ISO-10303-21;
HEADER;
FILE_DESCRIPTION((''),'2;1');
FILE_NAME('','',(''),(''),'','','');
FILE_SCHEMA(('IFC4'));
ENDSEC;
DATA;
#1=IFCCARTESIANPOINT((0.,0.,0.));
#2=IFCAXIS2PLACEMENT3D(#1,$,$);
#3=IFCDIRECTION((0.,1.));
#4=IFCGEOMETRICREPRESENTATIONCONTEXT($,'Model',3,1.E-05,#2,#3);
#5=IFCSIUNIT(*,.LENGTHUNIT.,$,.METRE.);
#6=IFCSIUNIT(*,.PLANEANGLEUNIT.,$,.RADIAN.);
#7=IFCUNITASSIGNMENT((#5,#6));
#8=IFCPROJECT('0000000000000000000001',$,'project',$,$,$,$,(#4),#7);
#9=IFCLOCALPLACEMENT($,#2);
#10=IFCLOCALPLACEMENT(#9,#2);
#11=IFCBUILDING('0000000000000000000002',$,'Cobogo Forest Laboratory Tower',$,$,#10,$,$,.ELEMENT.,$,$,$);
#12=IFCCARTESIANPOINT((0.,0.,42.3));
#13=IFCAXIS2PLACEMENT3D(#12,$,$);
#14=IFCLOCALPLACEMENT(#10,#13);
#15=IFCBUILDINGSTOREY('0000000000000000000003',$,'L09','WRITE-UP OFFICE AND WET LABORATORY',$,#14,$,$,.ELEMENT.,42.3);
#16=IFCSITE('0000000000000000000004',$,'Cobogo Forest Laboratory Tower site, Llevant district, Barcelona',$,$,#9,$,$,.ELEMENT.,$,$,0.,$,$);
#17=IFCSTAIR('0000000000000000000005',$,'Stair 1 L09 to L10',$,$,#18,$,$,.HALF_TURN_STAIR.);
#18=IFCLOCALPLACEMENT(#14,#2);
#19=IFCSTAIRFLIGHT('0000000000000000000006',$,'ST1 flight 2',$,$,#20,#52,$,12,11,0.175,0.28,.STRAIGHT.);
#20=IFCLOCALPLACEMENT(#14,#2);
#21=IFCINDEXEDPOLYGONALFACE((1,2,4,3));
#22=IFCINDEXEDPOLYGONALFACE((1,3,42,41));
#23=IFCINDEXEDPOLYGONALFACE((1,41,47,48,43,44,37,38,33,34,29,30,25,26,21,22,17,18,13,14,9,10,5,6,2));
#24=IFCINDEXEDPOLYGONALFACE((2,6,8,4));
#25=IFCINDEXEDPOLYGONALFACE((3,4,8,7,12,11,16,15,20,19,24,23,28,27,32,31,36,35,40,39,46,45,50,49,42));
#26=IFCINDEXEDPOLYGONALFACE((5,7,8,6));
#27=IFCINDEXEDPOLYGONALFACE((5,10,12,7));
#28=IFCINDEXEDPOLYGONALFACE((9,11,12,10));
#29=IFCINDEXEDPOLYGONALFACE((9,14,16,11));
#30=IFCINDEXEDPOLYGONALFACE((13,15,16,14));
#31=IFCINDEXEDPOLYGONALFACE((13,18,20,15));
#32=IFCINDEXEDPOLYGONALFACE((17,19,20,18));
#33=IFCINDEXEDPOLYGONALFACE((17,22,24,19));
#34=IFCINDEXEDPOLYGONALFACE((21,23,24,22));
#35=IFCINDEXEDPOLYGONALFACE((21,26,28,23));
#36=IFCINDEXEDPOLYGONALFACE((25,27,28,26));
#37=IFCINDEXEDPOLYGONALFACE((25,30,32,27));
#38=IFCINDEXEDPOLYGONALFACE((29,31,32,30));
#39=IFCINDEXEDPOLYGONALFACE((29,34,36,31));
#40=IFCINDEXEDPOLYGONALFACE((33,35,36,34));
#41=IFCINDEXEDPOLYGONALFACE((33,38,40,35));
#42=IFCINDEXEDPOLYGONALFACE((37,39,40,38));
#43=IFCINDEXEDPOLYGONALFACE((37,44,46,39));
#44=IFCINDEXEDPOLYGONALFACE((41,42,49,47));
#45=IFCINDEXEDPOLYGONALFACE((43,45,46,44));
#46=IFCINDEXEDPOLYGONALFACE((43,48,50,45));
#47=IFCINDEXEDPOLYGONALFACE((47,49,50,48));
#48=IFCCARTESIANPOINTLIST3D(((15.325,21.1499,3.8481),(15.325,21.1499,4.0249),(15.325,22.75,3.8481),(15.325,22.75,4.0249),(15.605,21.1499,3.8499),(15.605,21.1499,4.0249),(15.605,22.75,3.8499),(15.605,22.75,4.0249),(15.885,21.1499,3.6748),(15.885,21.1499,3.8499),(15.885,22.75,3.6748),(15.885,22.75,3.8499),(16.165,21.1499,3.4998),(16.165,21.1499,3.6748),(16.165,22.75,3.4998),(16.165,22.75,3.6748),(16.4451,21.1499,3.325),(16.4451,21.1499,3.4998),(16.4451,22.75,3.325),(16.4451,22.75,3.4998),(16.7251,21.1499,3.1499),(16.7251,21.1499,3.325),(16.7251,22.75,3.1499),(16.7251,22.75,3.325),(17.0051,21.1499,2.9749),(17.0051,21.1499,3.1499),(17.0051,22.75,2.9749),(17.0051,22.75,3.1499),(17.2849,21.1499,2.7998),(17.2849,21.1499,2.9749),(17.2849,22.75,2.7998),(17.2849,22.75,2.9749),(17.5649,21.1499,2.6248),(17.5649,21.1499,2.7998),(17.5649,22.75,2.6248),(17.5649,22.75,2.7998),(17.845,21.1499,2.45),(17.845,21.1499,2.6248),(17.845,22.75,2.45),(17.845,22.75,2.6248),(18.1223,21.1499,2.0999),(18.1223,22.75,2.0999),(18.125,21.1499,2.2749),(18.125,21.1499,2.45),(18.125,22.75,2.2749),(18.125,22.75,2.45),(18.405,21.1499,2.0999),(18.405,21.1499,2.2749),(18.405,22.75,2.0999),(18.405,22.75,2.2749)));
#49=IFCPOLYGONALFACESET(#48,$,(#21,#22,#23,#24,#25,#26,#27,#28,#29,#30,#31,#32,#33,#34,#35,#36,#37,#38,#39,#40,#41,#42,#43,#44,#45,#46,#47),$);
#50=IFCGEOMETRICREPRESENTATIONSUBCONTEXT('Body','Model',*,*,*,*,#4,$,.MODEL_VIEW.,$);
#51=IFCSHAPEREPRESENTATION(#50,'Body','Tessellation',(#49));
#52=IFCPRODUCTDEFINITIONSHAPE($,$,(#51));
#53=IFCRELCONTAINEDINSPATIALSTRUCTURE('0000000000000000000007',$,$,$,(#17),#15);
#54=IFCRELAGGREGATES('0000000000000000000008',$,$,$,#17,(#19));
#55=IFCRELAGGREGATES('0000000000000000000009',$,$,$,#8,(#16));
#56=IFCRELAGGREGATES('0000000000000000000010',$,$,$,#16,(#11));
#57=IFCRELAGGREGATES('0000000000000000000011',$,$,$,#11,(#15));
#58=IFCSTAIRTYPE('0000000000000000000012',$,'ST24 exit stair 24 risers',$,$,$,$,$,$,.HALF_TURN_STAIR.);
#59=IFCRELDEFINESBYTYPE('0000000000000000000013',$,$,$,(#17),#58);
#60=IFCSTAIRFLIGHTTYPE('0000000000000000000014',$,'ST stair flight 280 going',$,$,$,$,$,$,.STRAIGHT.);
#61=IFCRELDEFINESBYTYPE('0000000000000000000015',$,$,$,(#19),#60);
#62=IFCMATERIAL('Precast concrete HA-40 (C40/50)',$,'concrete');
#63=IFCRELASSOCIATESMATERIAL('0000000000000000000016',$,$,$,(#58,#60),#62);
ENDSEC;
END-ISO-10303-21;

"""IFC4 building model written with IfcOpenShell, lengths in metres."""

from ifc_helpers import new_model, si_unit, direction, frame, origin, place, context, subcontext, project, spatial, polyline, outline, extrude, material, type_object, element, aggregate, save


model = new_model("IFC4")

# Units and contexts
model_context = context("Model", 3, precision=1e-05, world=origin(), true_north=direction((0.0, 1.0)))
body_context = subcontext(model_context, "Body", "Model", "MODEL_VIEW")
ifc_project = project(units=[si_unit("LENGTHUNIT", "METRE"), si_unit("PLANEANGLEUNIT", "RADIAN")], contexts=[model_context])

# Site, building, storey
site_placement = place(None, origin())
site = spatial("IfcSite", under=ifc_project, at=site_placement, Name="Cobogo Forest Laboratory Tower site, Llevant district, Barcelona", CompositionType="ELEMENT", RefElevation=0.0)
building_placement = place(site_placement, origin())
building = spatial("IfcBuilding", under=site, at=building_placement, Name="Cobogo Forest Laboratory Tower", CompositionType="ELEMENT")
storey_placement = place(building_placement, frame((0.0, 0.0, 42.3)))
storey = spatial("IfcBuildingStorey", under=building, at=storey_placement, Name="L09", Description="WRITE-UP OFFICE AND WET LABORATORY", CompositionType="ELEMENT", Elevation=42.3)

# Stair, stair flight
ifc_material_1 = material(Name="Precast concrete HA-40 (C40/50)", Category="concrete")
stair_type = type_object("IfcStairType", Name="ST24 exit stair 24 risers", PredefinedType="HALF_TURN_STAIR", material=ifc_material_1)
stair_placement = place(storey_placement, origin())
stair = element("IfcStair", 1, at=stair_placement, inside=storey, type_object=stair_type, Name="Stair 1 L09 to L10", PredefinedType="HALF_TURN_STAIR")
stair_flight_type = type_object("IfcStairFlightType", Name="ST stair flight 280 going", PredefinedType="STRAIGHT", material=ifc_material_1)
stair_flight_placement = place(storey_placement, frame((18.405, 21.95, 2.0999), z_axis=(0.0, 0.0, 1.0), x_axis=(-1.0, 0.0, 0.0)))
stair_flight = element("IfcStairFlight", 2, at=stair_flight_placement, type_object=stair_flight_type, Name="ST1 flight 2", NumberOfRisers=12, NumberOfTreads=11, PredefinedType="STRAIGHT", RiserHeight=0.175, TreadLength=0.28, context=body_context, shape_type="SweptSolid", body=[
    extrude(outline(polyline([(0.0, 0.0), (0.0, 0.175), (0.28, 0.175), (0.28, 0.3501), (0.5601, 0.3501), (0.5601, 0.5249), (0.8401, 0.5249), (0.8401, 0.7), (1.1201, 0.7), (1.1201, 0.875), (1.3999, 0.875), (1.3999, 1.05), (1.6799, 1.05), (1.6799, 1.2251), (1.96, 1.2251), (1.96, 1.3999), (2.24, 1.3999), (2.24, 1.575), (2.52, 1.575), (2.52, 1.75), (2.8, 1.75), (2.8, 1.925), (3.0801, 1.925), (3.0801, 2.1001), (3.0801, 1.7483), (0.2827, 0.0), (0.0, 0.0)])), frame((0.0, 0.8, 0.0), z_axis=(0.0, -1.0, 0.0), x_axis=(1.0, 0.0, 0.0)), (0.0, 0.0, 1.0), 1.6001),
])
aggregate(stair, [stair_flight])

save(model, "model.ifc")
